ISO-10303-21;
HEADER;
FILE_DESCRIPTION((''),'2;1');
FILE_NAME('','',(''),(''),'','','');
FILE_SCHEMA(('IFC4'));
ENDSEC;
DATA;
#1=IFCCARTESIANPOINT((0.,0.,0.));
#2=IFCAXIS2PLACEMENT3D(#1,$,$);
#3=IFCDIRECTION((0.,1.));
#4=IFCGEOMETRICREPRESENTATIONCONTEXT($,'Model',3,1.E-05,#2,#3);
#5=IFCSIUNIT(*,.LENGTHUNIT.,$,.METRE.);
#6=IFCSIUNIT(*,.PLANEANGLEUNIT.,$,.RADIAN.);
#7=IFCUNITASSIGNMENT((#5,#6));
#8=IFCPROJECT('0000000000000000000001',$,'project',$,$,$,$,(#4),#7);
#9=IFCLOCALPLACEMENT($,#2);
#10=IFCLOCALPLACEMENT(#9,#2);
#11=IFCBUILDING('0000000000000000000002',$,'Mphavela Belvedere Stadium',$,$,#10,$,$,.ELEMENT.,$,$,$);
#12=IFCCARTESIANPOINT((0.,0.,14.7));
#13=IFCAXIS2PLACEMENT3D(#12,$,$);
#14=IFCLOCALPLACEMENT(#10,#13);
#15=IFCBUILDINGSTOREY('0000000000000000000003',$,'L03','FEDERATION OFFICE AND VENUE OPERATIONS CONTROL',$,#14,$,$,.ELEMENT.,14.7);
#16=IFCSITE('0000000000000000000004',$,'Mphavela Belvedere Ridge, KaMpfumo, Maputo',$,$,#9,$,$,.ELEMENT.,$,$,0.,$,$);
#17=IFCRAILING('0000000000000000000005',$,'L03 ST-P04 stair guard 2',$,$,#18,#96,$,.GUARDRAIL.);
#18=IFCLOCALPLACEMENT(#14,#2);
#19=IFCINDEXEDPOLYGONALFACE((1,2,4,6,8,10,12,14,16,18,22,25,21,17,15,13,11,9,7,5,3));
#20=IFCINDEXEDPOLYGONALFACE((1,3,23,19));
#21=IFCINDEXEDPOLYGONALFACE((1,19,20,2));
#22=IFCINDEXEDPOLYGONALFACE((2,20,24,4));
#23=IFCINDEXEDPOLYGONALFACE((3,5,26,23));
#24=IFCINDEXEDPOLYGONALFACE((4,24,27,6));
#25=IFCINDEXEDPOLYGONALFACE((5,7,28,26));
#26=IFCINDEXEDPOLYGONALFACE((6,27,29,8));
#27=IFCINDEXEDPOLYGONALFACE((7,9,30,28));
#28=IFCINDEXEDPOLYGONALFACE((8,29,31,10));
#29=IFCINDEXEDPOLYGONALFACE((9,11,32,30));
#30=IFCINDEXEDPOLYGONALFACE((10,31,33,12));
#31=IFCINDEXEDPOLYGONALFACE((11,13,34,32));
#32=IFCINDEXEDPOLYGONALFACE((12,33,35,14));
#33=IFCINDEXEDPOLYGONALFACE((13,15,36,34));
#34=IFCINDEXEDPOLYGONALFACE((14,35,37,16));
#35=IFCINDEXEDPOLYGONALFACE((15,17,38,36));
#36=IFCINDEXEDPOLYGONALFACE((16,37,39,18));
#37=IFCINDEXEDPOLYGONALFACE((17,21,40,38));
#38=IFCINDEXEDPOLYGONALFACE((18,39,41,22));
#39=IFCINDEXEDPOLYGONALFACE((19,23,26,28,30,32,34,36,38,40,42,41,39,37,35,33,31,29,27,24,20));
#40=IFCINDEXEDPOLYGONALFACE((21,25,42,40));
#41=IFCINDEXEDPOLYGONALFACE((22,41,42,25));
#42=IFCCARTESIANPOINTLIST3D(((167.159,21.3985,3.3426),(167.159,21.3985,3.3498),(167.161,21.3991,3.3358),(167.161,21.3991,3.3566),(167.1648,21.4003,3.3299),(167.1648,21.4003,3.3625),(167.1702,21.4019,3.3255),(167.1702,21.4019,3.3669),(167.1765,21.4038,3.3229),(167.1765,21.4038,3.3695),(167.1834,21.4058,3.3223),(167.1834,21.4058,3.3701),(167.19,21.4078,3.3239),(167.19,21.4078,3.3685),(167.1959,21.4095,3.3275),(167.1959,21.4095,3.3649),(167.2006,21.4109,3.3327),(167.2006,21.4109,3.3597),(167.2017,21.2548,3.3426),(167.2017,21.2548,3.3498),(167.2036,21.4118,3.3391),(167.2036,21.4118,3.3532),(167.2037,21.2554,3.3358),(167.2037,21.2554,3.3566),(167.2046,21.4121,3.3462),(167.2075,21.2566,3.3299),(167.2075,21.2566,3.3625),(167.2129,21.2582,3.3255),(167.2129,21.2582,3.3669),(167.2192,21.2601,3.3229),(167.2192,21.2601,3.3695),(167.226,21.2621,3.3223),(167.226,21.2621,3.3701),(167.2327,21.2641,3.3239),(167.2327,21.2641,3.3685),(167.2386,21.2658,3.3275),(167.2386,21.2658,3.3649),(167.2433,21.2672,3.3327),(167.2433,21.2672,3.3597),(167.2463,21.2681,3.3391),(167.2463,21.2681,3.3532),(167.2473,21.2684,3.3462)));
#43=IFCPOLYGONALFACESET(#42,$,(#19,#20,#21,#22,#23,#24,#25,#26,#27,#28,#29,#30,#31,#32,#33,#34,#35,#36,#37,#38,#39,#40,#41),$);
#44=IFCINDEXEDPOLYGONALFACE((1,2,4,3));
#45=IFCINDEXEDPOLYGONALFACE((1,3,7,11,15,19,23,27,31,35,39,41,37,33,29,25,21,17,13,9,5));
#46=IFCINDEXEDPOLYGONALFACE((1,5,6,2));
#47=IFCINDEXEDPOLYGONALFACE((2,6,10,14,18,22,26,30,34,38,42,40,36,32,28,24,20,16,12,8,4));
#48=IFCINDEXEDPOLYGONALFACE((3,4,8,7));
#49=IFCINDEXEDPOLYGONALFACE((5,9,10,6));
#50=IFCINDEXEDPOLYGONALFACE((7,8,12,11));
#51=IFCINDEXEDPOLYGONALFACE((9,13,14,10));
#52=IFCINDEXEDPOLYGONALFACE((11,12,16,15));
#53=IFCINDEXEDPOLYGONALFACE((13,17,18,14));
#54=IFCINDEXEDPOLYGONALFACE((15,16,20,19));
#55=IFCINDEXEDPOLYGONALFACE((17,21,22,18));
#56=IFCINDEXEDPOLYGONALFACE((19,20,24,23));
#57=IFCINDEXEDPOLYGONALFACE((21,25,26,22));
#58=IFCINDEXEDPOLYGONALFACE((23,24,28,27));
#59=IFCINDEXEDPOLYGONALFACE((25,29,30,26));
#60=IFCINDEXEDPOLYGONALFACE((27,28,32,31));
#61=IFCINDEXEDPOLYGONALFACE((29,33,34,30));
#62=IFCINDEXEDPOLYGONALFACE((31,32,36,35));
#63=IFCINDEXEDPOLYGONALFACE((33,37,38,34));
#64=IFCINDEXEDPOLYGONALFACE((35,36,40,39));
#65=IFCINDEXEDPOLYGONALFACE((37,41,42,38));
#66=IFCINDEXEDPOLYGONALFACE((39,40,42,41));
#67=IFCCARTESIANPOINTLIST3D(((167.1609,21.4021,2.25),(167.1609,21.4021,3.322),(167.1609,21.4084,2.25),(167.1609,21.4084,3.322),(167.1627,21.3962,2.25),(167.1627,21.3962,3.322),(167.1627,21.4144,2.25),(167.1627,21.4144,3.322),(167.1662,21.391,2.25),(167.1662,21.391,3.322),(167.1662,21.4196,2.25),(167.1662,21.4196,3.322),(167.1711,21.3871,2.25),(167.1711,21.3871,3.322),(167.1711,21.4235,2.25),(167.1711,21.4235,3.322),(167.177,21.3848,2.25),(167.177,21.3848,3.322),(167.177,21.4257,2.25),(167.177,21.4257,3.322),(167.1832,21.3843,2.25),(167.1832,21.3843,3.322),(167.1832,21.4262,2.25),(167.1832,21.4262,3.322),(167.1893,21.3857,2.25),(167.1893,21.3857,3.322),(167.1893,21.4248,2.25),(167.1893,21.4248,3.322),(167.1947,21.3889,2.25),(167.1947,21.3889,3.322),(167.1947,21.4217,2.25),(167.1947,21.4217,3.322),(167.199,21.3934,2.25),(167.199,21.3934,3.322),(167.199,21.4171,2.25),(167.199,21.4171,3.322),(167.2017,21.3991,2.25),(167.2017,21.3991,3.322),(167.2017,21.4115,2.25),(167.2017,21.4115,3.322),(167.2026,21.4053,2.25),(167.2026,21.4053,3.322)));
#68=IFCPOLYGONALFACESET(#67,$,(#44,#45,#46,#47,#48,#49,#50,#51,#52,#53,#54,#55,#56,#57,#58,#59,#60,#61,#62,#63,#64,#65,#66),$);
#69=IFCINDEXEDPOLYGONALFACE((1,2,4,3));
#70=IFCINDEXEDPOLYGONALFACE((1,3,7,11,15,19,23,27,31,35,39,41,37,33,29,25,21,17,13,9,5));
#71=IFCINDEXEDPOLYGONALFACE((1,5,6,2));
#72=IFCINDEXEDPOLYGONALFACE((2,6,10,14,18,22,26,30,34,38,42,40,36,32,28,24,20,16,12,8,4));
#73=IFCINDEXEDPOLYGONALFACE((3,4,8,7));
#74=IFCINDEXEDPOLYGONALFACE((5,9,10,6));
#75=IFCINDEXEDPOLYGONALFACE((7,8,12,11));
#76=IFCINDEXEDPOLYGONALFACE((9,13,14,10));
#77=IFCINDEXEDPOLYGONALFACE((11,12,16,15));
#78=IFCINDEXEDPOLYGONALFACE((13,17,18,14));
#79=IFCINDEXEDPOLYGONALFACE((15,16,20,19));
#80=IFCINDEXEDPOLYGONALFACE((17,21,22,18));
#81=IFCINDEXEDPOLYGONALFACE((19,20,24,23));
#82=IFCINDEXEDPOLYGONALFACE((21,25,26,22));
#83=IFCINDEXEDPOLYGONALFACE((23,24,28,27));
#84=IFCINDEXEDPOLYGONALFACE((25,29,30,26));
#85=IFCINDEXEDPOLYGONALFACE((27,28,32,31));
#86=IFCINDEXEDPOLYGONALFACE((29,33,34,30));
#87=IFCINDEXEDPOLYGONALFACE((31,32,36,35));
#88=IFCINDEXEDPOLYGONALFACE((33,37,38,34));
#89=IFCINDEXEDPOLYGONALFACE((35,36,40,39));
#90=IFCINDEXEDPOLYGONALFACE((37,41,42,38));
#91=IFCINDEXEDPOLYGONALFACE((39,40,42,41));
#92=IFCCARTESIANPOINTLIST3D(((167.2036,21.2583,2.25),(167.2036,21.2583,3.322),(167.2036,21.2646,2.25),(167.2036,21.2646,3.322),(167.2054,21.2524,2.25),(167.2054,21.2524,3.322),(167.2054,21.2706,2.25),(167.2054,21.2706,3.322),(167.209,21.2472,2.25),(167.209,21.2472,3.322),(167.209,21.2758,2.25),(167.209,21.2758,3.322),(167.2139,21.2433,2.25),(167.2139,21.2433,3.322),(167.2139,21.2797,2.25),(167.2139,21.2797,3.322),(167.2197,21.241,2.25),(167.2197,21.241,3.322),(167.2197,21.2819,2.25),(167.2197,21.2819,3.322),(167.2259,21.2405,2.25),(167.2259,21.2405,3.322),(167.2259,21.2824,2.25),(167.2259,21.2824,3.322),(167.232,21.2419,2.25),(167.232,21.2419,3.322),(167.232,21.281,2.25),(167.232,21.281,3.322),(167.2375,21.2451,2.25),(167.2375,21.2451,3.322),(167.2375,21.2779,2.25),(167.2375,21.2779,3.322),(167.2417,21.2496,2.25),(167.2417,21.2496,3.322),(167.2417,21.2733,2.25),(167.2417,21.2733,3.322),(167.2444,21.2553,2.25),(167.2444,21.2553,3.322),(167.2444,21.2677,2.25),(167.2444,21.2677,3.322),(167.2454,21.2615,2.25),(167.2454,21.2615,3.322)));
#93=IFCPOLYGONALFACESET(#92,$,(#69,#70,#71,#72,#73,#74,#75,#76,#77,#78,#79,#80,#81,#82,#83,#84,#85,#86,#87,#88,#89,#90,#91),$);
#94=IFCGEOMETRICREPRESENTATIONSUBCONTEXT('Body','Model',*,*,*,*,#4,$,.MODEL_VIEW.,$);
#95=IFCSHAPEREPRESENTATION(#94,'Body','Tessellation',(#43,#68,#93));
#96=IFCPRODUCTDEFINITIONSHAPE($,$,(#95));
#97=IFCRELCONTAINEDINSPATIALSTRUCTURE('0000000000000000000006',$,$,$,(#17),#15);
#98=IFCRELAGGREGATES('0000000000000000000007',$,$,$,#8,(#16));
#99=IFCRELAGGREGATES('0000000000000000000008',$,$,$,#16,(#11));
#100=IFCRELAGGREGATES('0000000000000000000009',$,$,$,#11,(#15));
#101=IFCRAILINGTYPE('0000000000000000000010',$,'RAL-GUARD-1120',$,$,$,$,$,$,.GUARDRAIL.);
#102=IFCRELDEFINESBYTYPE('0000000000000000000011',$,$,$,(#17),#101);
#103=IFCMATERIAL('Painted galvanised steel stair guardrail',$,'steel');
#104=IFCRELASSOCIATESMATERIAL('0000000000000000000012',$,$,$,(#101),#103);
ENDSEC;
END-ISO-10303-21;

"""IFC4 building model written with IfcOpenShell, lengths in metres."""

from ifc_helpers import new_model, si_unit, direction, frame, origin, origin_2d, place, context, subcontext, project, spatial, circle, extrude, material, type_object, element, save


model = new_model("IFC4")

# Units and contexts
model_context = context("Model", 3, precision=1e-05, world=origin(), true_north=direction((0.0, 1.0)))
body_context = subcontext(model_context, "Body", "Model", "MODEL_VIEW")
ifc_project = project(units=[si_unit("LENGTHUNIT", "METRE"), si_unit("PLANEANGLEUNIT", "RADIAN")], contexts=[model_context])

# Site, building, storey
site_placement = place(None, origin())
site = spatial("IfcSite", under=ifc_project, at=site_placement, Name="Mphavela Belvedere Ridge, KaMpfumo, Maputo", CompositionType="ELEMENT", RefElevation=0.0)
building_placement = place(site_placement, origin())
building = spatial("IfcBuilding", under=site, at=building_placement, Name="Mphavela Belvedere Stadium", CompositionType="ELEMENT")
storey_placement = place(building_placement, frame((0.0, 0.0, 14.7)))
storey = spatial("IfcBuildingStorey", under=building, at=storey_placement, Name="L03", Description="FEDERATION OFFICE AND VENUE OPERATIONS CONTROL", CompositionType="ELEMENT", Elevation=14.7)

# Railing
ifc_material_1 = material(Name="Painted galvanised steel stair guardrail", Category="steel")
railing_type_1 = type_object("IfcRailingType", Name="RAL-GUARD-1120", PredefinedType="GUARDRAIL", material=ifc_material_1)
railing_1_placement = place(storey_placement, frame((167.1816, 21.4053, 2.25)))
element("IfcRailing", 1, at=railing_1_placement, inside=storey, type_object=railing_type_1, Name="L03 ST-P04 stair guard 2", PredefinedType="GUARDRAIL", context=body_context, shape_type="SweptSolid", body=[
    extrude(circle(Radius=0.0239, at=origin_2d()), frame((0.0, 0.0, 1.0962), z_axis=(0.284809, -0.958584, 0.0), x_axis=(0.958584, 0.284809, 0.0)), (0.0, 0.0, 1.0), 0.1499),
    extrude(circle(Radius=0.021, at=origin_2d()), origin(), (0.0, 0.0, 1.0), 1.072),
    extrude(circle(Radius=0.021, at=origin_2d()), frame((0.0427, -0.1438, 0.0)), (0.0, 0.0, 1.0), 1.072),
])

save(model, "model.ifc")
